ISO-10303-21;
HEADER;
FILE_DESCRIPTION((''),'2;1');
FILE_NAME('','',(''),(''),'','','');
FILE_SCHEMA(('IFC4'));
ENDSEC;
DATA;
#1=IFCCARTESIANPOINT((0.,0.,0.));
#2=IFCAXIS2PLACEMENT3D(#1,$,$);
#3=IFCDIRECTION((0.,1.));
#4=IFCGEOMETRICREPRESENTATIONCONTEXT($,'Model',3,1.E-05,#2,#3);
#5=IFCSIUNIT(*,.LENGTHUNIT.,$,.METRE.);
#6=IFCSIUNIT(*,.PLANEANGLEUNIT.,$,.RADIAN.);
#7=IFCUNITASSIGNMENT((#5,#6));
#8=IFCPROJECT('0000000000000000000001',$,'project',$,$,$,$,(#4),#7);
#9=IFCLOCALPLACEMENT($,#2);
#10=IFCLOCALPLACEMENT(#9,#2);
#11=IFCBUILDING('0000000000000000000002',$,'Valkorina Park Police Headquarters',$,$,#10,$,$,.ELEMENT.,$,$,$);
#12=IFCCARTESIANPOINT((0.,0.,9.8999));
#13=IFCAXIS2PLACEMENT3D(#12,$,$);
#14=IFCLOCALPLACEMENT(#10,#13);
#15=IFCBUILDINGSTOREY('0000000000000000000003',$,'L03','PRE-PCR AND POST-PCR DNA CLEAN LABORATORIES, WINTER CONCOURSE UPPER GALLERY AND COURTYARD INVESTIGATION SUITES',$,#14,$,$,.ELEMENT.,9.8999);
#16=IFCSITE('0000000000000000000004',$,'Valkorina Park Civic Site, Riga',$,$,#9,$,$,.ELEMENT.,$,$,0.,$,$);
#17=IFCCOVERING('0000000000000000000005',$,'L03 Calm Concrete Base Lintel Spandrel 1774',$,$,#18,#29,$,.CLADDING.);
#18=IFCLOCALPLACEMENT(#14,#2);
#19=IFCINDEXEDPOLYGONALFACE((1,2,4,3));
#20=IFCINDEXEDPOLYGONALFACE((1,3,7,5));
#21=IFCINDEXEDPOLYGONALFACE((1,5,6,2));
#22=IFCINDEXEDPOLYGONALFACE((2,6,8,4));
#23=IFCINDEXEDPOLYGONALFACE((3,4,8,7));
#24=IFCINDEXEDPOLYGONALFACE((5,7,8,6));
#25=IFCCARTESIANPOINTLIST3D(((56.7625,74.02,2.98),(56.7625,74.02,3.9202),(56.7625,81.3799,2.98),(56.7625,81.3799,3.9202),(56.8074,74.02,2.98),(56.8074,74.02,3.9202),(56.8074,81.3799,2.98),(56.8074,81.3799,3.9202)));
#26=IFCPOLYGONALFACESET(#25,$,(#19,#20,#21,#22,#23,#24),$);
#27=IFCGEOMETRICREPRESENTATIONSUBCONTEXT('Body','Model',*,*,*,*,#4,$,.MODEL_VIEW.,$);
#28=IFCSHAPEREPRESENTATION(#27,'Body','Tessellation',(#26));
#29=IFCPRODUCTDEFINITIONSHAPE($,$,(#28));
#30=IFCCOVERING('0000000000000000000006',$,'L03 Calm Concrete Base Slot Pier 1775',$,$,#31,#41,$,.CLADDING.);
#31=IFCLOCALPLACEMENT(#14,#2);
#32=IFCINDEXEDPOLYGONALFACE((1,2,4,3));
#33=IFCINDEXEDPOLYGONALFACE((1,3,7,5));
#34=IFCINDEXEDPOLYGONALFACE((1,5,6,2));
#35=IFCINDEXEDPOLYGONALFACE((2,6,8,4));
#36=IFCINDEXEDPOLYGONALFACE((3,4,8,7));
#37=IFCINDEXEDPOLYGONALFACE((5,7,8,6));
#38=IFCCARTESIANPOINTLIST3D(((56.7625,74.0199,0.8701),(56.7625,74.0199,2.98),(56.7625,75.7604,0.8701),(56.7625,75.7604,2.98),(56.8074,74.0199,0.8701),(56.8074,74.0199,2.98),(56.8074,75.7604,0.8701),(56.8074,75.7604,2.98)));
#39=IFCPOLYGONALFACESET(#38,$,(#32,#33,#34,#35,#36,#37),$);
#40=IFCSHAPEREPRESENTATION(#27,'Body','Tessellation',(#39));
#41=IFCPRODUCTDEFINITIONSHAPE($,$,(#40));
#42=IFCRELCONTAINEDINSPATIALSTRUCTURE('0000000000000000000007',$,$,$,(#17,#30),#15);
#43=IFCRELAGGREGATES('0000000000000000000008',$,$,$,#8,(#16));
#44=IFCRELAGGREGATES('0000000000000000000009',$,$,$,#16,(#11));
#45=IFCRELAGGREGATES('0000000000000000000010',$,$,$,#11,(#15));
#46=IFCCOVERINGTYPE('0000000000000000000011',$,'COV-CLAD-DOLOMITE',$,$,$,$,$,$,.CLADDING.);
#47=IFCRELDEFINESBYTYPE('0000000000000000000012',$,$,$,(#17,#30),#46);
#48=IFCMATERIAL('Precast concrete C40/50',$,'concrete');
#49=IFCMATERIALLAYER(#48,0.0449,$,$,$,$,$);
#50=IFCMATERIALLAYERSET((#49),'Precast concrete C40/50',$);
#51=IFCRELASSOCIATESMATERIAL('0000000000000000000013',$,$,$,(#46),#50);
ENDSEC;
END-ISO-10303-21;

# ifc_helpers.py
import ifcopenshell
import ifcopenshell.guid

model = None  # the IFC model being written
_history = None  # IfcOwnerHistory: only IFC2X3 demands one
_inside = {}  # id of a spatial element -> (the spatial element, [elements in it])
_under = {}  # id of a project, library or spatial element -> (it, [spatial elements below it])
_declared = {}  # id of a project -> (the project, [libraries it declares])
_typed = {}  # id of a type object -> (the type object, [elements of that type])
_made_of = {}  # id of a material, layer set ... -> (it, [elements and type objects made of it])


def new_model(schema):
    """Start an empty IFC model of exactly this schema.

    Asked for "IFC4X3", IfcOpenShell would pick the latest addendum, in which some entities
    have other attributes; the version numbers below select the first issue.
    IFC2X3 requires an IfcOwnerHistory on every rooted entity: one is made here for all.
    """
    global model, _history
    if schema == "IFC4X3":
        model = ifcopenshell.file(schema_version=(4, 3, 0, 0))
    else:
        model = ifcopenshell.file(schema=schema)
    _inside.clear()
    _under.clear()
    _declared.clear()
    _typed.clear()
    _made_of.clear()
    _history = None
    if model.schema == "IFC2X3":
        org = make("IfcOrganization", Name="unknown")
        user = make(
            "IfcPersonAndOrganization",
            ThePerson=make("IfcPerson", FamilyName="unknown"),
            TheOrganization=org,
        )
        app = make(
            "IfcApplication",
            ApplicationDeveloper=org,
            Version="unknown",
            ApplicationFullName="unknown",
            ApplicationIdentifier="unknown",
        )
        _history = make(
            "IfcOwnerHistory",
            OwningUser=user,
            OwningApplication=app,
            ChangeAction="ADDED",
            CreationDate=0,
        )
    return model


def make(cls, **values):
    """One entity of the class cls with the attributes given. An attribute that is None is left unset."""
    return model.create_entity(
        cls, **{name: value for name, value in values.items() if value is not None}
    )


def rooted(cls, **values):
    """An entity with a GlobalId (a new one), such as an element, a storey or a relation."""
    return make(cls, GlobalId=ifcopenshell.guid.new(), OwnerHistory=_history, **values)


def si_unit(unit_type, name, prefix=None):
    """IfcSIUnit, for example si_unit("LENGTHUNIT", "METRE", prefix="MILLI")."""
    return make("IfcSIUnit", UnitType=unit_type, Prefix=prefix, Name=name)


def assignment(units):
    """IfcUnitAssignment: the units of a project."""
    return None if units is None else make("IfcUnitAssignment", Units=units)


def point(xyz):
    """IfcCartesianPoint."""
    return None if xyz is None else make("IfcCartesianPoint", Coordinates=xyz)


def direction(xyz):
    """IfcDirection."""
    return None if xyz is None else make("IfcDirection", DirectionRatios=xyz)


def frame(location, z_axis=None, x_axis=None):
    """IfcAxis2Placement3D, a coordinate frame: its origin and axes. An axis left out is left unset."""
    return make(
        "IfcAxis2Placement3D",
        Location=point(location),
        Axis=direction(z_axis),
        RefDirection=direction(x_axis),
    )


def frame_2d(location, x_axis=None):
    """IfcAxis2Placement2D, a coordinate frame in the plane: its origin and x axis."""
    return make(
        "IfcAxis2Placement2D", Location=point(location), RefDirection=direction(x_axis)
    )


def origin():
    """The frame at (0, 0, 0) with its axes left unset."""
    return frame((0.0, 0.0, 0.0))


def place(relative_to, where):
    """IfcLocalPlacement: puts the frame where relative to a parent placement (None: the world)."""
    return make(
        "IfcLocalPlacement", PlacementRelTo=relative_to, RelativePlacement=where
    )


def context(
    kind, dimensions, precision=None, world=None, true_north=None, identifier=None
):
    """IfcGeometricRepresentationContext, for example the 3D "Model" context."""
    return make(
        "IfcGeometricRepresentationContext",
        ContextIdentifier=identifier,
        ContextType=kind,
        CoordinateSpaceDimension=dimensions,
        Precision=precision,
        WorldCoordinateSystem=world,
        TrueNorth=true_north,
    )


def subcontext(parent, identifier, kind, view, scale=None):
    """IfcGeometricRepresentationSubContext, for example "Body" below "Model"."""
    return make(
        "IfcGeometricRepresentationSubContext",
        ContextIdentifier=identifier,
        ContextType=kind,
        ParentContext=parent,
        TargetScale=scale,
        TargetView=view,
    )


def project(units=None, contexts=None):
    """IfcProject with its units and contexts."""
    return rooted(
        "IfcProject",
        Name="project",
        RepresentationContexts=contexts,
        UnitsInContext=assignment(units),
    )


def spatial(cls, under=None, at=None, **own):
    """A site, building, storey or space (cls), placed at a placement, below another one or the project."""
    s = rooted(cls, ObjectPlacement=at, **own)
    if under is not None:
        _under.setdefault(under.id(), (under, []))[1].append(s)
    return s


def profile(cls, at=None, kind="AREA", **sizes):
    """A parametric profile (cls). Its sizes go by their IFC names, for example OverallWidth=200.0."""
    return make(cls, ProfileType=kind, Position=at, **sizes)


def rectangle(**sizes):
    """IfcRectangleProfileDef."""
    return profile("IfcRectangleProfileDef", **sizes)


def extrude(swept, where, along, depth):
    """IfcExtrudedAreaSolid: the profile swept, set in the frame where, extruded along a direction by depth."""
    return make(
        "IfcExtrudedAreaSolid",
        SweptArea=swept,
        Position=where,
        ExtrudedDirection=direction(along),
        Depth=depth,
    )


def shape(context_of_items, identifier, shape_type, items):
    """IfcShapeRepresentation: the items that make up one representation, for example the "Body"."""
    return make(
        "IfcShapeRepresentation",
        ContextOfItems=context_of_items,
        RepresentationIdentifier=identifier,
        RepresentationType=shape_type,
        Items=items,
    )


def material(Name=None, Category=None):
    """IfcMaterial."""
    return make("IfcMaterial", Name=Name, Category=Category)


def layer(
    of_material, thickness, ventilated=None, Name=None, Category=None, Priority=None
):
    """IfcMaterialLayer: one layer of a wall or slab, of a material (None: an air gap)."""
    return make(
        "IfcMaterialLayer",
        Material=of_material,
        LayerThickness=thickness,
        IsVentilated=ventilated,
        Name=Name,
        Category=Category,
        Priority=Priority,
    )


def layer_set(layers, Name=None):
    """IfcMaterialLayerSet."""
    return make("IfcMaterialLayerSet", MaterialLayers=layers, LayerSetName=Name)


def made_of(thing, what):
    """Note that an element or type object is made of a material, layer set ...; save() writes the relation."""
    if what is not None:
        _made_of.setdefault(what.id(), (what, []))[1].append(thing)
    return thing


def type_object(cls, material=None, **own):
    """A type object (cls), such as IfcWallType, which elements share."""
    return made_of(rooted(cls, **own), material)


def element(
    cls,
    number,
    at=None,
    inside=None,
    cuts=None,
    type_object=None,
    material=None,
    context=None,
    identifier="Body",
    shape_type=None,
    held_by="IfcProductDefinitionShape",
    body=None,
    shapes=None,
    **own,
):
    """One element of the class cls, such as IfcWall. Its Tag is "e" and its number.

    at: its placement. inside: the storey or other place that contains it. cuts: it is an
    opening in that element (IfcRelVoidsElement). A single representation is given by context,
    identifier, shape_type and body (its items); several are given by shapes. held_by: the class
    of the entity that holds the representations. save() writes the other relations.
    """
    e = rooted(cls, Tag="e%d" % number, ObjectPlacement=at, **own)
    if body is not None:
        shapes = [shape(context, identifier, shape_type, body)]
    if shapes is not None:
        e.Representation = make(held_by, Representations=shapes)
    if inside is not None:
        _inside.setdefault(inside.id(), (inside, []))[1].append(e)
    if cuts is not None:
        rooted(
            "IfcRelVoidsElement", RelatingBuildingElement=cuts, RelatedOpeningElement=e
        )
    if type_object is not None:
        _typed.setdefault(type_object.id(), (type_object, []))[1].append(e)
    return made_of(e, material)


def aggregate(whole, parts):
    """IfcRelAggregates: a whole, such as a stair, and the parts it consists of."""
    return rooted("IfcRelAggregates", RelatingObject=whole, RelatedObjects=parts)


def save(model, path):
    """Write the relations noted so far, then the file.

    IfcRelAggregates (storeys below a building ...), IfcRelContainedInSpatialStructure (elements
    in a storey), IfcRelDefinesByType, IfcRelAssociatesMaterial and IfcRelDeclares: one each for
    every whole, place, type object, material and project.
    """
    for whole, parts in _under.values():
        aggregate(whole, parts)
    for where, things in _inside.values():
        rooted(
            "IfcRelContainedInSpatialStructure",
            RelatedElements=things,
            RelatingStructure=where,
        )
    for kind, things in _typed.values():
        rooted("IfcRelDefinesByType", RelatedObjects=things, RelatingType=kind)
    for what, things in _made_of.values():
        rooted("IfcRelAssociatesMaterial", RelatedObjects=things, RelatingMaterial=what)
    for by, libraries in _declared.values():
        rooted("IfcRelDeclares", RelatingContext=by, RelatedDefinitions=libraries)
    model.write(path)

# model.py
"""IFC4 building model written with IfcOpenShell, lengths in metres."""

from ifc_helpers import new_model, si_unit, direction, frame, frame_2d, origin, place, context, subcontext, project, spatial, rectangle, extrude, material, layer, layer_set, type_object, element, save


model = new_model("IFC4")

# Units and contexts
model_context = context("Model", 3, precision=1e-05, world=origin(), true_north=direction((0.0, 1.0)))
body_context = subcontext(model_context, "Body", "Model", "MODEL_VIEW")
ifc_project = project(units=[si_unit("LENGTHUNIT", "METRE"), si_unit("PLANEANGLEUNIT", "RADIAN")], contexts=[model_context])

# Site, building, storey
site_placement = place(None, origin())
site = spatial("IfcSite", under=ifc_project, at=site_placement, Name="Valkorina Park Civic Site, Riga", CompositionType="ELEMENT", RefElevation=0.0)
building_placement = place(site_placement, origin())
building = spatial("IfcBuilding", under=site, at=building_placement, Name="Valkorina Park Police Headquarters", CompositionType="ELEMENT")
storey_placement = place(building_placement, frame((0.0, 0.0, 9.8999)))
storey = spatial("IfcBuildingStorey", under=building, at=storey_placement, Name="L03", Description="PRE-PCR AND POST-PCR DNA CLEAN LABORATORIES, WINTER CONCOURSE UPPER GALLERY AND COURTYARD INVESTIGATION SUITES", CompositionType="ELEMENT", Elevation=9.8999)

# Coverings
ifc_material_1 = material(Name="Precast concrete C40/50", Category="concrete")
ifc_layer_1 = layer(ifc_material_1, 0.0449)
ifc_layer_set_1 = layer_set([ifc_layer_1], Name="Precast concrete C40/50")
covering_type = type_object("IfcCoveringType", Name="COV-CLAD-DOLOMITE", PredefinedType="CLADDING", material=ifc_layer_set_1)
covering_1_placement = place(storey_placement, frame((56.7849, 74.02, 2.98), z_axis=(0.0, 0.0, 1.0), x_axis=(0.0, 1.0, 0.0)))
element("IfcCovering", 1, at=covering_1_placement, inside=storey, type_object=covering_type, Name="L03 Calm Concrete Base Lintel Spandrel 1774", PredefinedType="CLADDING", context=body_context, shape_type="SweptSolid", body=[
    extrude(rectangle(XDim=7.3599, YDim=0.0449, at=frame_2d((3.6799, 0.0))), origin(), (0.0, 0.0, 1.0), 0.9402),
])
covering_2_placement = place(storey_placement, frame((56.7849, 74.02, 0.8701), z_axis=(0.0, 0.0, 1.0), x_axis=(0.0, 1.0, 0.0)))
element("IfcCovering", 2, at=covering_2_placement, inside=storey, type_object=covering_type, Name="L03 Calm Concrete Base Slot Pier 1775", PredefinedType="CLADDING", context=body_context, shape_type="SweptSolid", body=[
    extrude(rectangle(XDim=1.7405, YDim=0.0449, at=frame_2d((0.8701, 0.0))), origin(), (0.0, 0.0, 1.0), 2.1099),
])

save(model, "model.ifc")
